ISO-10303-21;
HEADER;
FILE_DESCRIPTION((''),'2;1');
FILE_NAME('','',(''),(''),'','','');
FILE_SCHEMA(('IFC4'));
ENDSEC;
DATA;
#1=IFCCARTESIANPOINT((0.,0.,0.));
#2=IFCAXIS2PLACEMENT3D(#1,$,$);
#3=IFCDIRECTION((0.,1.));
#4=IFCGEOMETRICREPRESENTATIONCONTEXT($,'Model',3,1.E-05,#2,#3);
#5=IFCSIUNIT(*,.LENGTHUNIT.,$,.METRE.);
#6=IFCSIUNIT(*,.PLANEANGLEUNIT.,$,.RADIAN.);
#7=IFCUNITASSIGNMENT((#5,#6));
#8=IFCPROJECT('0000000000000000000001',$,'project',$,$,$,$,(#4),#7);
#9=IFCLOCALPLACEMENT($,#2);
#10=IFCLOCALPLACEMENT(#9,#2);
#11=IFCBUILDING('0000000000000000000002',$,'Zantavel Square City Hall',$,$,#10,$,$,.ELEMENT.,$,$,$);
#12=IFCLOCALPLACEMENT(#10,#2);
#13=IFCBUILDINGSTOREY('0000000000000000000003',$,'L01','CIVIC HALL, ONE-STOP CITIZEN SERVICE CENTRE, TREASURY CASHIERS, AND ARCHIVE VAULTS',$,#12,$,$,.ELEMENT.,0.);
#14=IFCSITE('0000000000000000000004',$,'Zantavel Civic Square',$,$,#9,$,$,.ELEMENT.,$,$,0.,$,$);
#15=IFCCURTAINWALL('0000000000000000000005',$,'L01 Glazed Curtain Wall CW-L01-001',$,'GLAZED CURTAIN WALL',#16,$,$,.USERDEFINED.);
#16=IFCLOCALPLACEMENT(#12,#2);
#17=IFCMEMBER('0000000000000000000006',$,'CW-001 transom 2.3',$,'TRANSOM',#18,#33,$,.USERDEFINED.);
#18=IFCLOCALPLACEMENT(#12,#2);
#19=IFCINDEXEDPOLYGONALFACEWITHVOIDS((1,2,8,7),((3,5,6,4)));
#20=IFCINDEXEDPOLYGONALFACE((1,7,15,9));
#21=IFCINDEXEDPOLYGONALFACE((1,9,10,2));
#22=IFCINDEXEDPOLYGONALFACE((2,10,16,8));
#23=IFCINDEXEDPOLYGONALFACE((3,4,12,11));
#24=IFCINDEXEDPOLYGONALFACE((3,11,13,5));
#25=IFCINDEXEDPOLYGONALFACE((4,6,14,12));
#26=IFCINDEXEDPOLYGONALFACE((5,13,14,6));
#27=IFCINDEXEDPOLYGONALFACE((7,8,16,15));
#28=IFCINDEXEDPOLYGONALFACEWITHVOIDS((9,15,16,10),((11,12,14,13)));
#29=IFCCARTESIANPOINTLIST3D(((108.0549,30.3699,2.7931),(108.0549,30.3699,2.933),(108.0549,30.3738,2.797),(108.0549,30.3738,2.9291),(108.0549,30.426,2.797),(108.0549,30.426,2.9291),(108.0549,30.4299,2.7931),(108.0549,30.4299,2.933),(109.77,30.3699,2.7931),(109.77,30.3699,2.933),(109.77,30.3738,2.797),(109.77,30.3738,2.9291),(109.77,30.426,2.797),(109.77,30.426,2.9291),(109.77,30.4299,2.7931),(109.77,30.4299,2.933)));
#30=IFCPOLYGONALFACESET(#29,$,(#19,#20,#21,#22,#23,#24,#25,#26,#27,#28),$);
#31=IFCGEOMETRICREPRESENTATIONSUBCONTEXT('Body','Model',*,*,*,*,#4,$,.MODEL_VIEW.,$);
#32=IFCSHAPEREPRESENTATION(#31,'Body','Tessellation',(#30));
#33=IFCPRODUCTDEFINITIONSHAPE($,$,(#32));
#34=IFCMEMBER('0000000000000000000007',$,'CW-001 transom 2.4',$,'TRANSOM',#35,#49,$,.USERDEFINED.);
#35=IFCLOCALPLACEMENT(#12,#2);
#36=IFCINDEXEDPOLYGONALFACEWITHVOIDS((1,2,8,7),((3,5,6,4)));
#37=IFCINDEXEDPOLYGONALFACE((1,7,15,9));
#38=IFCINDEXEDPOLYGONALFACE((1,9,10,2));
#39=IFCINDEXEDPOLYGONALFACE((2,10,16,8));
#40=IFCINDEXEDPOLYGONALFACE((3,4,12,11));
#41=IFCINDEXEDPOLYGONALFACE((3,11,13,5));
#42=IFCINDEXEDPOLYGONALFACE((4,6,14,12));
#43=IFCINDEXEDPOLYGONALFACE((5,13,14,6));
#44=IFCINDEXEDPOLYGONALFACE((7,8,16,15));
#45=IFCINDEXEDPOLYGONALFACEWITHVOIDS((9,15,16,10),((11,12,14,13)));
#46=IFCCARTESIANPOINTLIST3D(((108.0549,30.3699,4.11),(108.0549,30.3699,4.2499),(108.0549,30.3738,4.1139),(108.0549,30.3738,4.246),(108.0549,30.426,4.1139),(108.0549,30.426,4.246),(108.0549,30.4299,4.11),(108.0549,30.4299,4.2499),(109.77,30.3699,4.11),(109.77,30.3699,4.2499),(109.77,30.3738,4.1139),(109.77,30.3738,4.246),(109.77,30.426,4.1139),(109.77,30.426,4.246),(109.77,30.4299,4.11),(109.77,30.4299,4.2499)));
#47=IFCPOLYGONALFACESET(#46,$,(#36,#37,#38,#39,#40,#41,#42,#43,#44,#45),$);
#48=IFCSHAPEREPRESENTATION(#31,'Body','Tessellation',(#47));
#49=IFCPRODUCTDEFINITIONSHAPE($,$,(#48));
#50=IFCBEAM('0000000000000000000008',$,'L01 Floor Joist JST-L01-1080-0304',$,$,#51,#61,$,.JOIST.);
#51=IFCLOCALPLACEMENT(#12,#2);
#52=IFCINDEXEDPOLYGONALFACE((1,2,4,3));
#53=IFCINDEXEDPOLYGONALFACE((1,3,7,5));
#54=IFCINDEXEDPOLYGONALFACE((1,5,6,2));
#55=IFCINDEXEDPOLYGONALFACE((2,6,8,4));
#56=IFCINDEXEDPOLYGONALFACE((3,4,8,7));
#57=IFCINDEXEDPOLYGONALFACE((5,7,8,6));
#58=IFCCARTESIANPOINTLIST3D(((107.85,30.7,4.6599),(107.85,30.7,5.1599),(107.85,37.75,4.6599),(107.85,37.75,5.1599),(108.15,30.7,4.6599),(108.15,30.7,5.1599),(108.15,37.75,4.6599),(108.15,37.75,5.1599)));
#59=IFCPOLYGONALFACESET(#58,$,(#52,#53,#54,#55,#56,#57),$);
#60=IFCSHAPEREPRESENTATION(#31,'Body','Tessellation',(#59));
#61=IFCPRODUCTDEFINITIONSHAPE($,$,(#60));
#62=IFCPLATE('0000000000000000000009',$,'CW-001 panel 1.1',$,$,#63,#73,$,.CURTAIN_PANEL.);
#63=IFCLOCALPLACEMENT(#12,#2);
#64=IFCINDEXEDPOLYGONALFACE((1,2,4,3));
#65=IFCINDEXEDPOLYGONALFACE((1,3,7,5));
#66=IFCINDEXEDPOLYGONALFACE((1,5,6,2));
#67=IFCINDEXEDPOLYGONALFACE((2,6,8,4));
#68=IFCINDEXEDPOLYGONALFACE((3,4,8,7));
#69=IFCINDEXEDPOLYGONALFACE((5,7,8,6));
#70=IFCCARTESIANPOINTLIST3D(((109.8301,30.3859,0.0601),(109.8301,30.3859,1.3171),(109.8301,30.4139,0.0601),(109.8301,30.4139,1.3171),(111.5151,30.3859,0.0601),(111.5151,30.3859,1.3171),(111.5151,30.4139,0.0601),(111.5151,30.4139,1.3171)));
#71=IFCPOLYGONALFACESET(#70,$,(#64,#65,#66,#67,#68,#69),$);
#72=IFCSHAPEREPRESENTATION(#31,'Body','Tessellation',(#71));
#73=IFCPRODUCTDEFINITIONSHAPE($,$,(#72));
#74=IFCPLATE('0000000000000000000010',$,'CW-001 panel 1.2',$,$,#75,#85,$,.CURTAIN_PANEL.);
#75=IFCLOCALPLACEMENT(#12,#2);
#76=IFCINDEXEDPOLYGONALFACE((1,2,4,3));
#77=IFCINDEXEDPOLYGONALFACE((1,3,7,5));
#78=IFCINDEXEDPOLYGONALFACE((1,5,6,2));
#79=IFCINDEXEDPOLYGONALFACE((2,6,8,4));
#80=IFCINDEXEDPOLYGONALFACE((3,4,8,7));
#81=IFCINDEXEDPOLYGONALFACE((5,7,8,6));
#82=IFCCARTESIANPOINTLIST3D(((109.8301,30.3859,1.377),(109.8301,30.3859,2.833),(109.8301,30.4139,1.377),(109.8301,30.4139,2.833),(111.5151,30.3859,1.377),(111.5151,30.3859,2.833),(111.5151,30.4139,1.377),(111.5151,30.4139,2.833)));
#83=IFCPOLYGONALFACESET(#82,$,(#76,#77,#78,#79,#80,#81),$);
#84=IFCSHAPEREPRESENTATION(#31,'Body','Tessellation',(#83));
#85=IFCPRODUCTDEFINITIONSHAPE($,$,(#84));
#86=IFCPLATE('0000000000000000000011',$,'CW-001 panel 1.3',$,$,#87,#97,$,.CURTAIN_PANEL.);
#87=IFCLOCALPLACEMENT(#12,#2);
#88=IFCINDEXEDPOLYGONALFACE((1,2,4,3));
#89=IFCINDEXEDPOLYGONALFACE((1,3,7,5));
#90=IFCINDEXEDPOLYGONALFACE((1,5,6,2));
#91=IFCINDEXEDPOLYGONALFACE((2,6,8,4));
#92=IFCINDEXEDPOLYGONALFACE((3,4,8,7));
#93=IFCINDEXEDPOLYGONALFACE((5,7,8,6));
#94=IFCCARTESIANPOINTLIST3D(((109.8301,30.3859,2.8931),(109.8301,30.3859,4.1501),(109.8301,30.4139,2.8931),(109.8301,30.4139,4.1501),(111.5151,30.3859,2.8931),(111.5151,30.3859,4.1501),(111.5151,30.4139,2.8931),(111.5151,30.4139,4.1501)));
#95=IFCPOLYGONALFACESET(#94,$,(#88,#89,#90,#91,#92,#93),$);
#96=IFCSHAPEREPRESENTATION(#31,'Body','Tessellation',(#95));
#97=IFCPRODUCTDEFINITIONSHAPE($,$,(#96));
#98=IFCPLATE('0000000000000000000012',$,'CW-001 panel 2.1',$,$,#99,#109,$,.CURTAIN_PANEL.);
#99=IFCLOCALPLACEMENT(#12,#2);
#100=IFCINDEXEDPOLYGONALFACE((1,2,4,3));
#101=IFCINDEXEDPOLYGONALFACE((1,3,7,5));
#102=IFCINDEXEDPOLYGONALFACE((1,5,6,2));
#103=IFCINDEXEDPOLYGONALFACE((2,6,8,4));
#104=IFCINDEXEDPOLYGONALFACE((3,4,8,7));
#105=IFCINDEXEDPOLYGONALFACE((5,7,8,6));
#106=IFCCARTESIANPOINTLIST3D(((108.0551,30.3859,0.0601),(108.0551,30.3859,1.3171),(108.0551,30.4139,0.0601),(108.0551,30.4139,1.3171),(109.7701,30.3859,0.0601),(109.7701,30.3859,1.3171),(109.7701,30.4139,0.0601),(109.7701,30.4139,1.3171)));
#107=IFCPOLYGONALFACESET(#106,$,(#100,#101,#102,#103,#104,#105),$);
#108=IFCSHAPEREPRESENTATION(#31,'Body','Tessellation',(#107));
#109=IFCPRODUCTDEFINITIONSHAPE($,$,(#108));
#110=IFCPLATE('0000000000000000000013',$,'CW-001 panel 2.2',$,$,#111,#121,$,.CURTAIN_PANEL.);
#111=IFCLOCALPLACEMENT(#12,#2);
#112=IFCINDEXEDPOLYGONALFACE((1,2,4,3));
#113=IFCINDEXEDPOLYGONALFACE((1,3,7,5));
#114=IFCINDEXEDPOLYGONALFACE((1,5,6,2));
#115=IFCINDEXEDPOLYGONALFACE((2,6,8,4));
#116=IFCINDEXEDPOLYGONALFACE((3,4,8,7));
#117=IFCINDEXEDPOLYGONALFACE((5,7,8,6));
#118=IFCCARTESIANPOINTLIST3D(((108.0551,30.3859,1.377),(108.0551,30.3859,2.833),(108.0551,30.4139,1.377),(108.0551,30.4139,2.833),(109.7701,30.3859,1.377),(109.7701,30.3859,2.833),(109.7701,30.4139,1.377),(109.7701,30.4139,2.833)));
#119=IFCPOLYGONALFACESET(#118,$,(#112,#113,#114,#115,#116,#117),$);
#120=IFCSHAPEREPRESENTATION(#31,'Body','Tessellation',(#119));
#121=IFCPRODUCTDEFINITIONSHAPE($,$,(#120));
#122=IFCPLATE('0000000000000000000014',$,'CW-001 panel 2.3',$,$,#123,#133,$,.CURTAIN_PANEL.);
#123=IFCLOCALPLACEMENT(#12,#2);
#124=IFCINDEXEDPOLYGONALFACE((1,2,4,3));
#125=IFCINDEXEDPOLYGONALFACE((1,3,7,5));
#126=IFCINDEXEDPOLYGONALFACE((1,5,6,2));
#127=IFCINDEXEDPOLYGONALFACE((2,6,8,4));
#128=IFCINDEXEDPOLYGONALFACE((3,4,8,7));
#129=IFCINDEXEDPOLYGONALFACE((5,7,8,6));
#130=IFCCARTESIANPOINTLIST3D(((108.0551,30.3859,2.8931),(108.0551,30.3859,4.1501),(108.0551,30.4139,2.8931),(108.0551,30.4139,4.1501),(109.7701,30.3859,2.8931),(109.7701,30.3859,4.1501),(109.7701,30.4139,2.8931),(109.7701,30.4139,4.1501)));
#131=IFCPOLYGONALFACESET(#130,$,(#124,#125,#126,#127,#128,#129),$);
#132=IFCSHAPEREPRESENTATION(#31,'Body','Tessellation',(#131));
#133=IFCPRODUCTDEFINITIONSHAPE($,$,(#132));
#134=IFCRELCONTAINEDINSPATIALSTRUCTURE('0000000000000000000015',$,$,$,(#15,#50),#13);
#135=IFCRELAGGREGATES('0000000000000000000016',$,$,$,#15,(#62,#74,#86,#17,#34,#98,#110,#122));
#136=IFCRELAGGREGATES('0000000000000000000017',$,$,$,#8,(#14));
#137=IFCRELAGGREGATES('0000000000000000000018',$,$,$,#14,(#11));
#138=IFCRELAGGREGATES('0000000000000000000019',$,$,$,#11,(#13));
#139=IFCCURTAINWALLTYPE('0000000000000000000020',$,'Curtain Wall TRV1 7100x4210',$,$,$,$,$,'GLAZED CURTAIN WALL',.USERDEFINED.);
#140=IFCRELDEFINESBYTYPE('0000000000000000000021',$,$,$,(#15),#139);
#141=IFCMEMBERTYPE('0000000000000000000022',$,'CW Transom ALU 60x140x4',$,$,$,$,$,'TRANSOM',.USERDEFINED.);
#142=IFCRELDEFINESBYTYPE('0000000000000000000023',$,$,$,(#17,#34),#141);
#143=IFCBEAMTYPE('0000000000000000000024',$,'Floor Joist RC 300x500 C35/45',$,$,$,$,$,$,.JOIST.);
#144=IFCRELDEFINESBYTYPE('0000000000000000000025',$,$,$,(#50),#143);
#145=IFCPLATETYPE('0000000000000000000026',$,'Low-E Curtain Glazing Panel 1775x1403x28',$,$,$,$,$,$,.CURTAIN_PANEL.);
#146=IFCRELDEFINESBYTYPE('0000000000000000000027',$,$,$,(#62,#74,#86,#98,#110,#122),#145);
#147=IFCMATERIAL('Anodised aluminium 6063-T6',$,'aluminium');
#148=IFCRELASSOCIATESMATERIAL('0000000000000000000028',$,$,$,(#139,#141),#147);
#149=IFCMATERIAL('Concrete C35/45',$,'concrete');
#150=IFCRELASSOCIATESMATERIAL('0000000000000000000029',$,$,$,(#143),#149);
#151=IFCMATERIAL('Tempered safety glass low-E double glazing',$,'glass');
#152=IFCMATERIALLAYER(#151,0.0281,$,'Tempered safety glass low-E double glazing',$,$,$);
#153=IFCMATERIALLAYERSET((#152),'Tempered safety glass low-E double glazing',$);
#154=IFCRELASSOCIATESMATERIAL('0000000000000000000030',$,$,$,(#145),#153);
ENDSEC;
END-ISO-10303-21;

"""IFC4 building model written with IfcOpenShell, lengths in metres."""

from ifc_helpers import new_model, si_unit, direction, frame, origin, origin_2d, place, context, subcontext, project, spatial, rectangle, hollow_rectangle, extrude, material, layer, layer_set, material_profile, profile_set, type_object, element, aggregate, save


model = new_model("IFC4")

# Units and contexts
model_context = context("Model", 3, precision=1e-05, world=origin(), true_north=direction((0.0, 1.0)))
body_context = subcontext(model_context, "Body", "Model", "MODEL_VIEW")
ifc_project = project(units=[si_unit("LENGTHUNIT", "METRE"), si_unit("PLANEANGLEUNIT", "RADIAN")], contexts=[model_context])

# Site, building, storey
site_placement = place(None, origin())
site = spatial("IfcSite", under=ifc_project, at=site_placement, Name="Zantavel Civic Square", CompositionType="ELEMENT", RefElevation=0.0)
building_placement = place(site_placement, origin())
building = spatial("IfcBuilding", under=site, at=building_placement, Name="Zantavel Square City Hall", CompositionType="ELEMENT")
storey_placement = place(building_placement, origin())
storey = spatial("IfcBuildingStorey", under=building, at=storey_placement, Name="L01", Description="CIVIC HALL, ONE-STOP CITIZEN SERVICE CENTRE, TREASURY CASHIERS, AND ARCHIVE VAULTS", CompositionType="ELEMENT", Elevation=0.0)

# Shared definitions
ifc_material_1 = material(Name="Concrete C35/45", Category="concrete")

# Curtain wall, members
ifc_material_2 = material(Name="Anodised aluminium 6063-T6", Category="aluminium")
curtain_wall_type = type_object("IfcCurtainWallType", Name="Curtain Wall TRV1 7100x4210", ElementType="GLAZED CURTAIN WALL", PredefinedType="USERDEFINED", material=ifc_material_2)
curtain_wall_placement = place(storey_placement, origin())
curtain_wall = element("IfcCurtainWall", 1, at=curtain_wall_placement, inside=storey, type_object=curtain_wall_type, Name="L01 Glazed Curtain Wall CW-L01-001", ObjectType="GLAZED CURTAIN WALL", PredefinedType="USERDEFINED")
ifc_material_profile_1 = material_profile(ifc_material_2, hollow_rectangle(XDim=0.0601, YDim=0.1399, WallThickness=0.0039, at=origin_2d()), Name="ALU 60x140x4")
ifc_profile_set_1 = profile_set([ifc_material_profile_1], Name="Anodised aluminium 6063-T6")
member_type_1 = type_object("IfcMemberType", Name="CW Transom ALU 60x140x4", ElementType="TRANSOM", PredefinedType="USERDEFINED", material=ifc_profile_set_1)
member_1_placement = place(storey_placement, frame((109.77, 30.3999, 2.863), z_axis=(-1.0, 0.0, 0.0), x_axis=(0.0, -1.0, 0.0)))
member_1 = element("IfcMember", 2, at=member_1_placement, type_object=member_type_1, Name="CW-001 transom 2.3", ObjectType="TRANSOM", PredefinedType="USERDEFINED", context=body_context, shape_type="SweptSolid", body=[
    extrude(hollow_rectangle(XDim=0.0601, YDim=0.1399, WallThickness=0.0039, at=origin_2d()), origin(), (0.0, 0.0, 1.0), 1.7151),
])
member_2_placement = place(storey_placement, frame((109.77, 30.3999, 4.1799), z_axis=(-1.0, 0.0, 0.0), x_axis=(0.0, -1.0, 0.0)))
member_2 = element("IfcMember", 3, at=member_2_placement, type_object=member_type_1, Name="CW-001 transom 2.4", ObjectType="TRANSOM", PredefinedType="USERDEFINED", context=body_context, shape_type="SweptSolid", body=[
    extrude(hollow_rectangle(XDim=0.0601, YDim=0.1399, WallThickness=0.0039, at=origin_2d()), origin(), (0.0, 0.0, 1.0), 1.7151),
])

# Beam
ifc_material_profile_2 = material_profile(ifc_material_1, rectangle(XDim=0.3, YDim=0.5, at=origin_2d()), Name="RC 300x500")
ifc_profile_set_2 = profile_set([ifc_material_profile_2], Name="Concrete C35/45")
beam_type_1 = type_object("IfcBeamType", Name="Floor Joist RC 300x500 C35/45", PredefinedType="JOIST", material=ifc_profile_set_2)
beam_1_placement = place(storey_placement, frame((108.0, 30.7, 4.9099), z_axis=(0.0, 1.0, 0.0), x_axis=(-1.0, 0.0, 0.0)))
element("IfcBeam", 4, at=beam_1_placement, inside=storey, type_object=beam_type_1, Name="L01 Floor Joist JST-L01-1080-0304", PredefinedType="JOIST", context=body_context, shape_type="SweptSolid", body=[
    extrude(rectangle(XDim=0.3, YDim=0.5, at=origin_2d()), origin(), (0.0, 0.0, 1.0), 7.05),
])

# Plates
ifc_material_3 = material(Name="Tempered safety glass low-E double glazing", Category="glass")
ifc_layer_1 = layer(ifc_material_3, 0.0281, Name="Tempered safety glass low-E double glazing")
ifc_layer_set_1 = layer_set([ifc_layer_1], Name="Tempered safety glass low-E double glazing")
plate_type = type_object("IfcPlateType", Name="Low-E Curtain Glazing Panel 1775x1403x28", PredefinedType="CURTAIN_PANEL", material=ifc_layer_set_1)
plate_1_placement = place(storey_placement, frame((110.6726, 30.3999, 0.0601), z_axis=(0.0, 0.0, 1.0), x_axis=(-1.0, 0.0, 0.0)))
plate_1 = element("IfcPlate", 5, at=plate_1_placement, type_object=plate_type, Name="CW-001 panel 1.1", PredefinedType="CURTAIN_PANEL", context=body_context, shape_type="SweptSolid", body=[
    extrude(rectangle(XDim=1.6851, YDim=0.0281, at=origin_2d()), origin(), (0.0, 0.0, 1.0), 1.2571),
])
plate_2_placement = place(storey_placement, frame((110.6726, 30.3999, 1.377), z_axis=(0.0, 0.0, 1.0), x_axis=(-1.0, 0.0, 0.0)))
plate_2 = element("IfcPlate", 6, at=plate_2_placement, type_object=plate_type, Name="CW-001 panel 1.2", PredefinedType="CURTAIN_PANEL", context=body_context, shape_type="SweptSolid", body=[
    extrude(rectangle(XDim=1.6851, YDim=0.0281, at=origin_2d()), origin(), (0.0, 0.0, 1.0), 1.4561),
])
plate_3_placement = place(storey_placement, frame((110.6726, 30.3999, 2.8931), z_axis=(0.0, 0.0, 1.0), x_axis=(-1.0, 0.0, 0.0)))
plate_3 = element("IfcPlate", 7, at=plate_3_placement, type_object=plate_type, Name="CW-001 panel 1.3", PredefinedType="CURTAIN_PANEL", context=body_context, shape_type="SweptSolid", body=[
    extrude(rectangle(XDim=1.6851, YDim=0.0281, at=origin_2d()), origin(), (0.0, 0.0, 1.0), 1.2571),
])
plate_4_placement = place(storey_placement, frame((108.9126, 30.3999, 0.0601), z_axis=(0.0, 0.0, 1.0), x_axis=(-1.0, 0.0, 0.0)))
plate_4 = element("IfcPlate", 8, at=plate_4_placement, type_object=plate_type, Name="CW-001 panel 2.1", PredefinedType="CURTAIN_PANEL", context=body_context, shape_type="SweptSolid", body=[
    extrude(rectangle(XDim=1.7151, YDim=0.0281, at=origin_2d()), origin(), (0.0, 0.0, 1.0), 1.2571),
])
plate_5_placement = place(storey_placement, frame((108.9126, 30.3999, 1.377), z_axis=(0.0, 0.0, 1.0), x_axis=(-1.0, 0.0, 0.0)))
plate_5 = element("IfcPlate", 9, at=plate_5_placement, type_object=plate_type, Name="CW-001 panel 2.2", PredefinedType="CURTAIN_PANEL", context=body_context, shape_type="SweptSolid", body=[
    extrude(rectangle(XDim=1.7151, YDim=0.0281, at=origin_2d()), origin(), (0.0, 0.0, 1.0), 1.4561),
])
plate_6_placement = place(storey_placement, frame((108.9126, 30.3999, 2.8931), z_axis=(0.0, 0.0, 1.0), x_axis=(-1.0, 0.0, 0.0)))
plate_6 = element("IfcPlate", 10, at=plate_6_placement, type_object=plate_type, Name="CW-001 panel 2.3", PredefinedType="CURTAIN_PANEL", context=body_context, shape_type="SweptSolid", body=[
    extrude(rectangle(XDim=1.7151, YDim=0.0281, at=origin_2d()), origin(), (0.0, 0.0, 1.0), 1.2571),
])
aggregate(curtain_wall, [plate_1, plate_2, plate_3, member_1, member_2, plate_4, plate_5, plate_6])

save(model, "model.ifc")
